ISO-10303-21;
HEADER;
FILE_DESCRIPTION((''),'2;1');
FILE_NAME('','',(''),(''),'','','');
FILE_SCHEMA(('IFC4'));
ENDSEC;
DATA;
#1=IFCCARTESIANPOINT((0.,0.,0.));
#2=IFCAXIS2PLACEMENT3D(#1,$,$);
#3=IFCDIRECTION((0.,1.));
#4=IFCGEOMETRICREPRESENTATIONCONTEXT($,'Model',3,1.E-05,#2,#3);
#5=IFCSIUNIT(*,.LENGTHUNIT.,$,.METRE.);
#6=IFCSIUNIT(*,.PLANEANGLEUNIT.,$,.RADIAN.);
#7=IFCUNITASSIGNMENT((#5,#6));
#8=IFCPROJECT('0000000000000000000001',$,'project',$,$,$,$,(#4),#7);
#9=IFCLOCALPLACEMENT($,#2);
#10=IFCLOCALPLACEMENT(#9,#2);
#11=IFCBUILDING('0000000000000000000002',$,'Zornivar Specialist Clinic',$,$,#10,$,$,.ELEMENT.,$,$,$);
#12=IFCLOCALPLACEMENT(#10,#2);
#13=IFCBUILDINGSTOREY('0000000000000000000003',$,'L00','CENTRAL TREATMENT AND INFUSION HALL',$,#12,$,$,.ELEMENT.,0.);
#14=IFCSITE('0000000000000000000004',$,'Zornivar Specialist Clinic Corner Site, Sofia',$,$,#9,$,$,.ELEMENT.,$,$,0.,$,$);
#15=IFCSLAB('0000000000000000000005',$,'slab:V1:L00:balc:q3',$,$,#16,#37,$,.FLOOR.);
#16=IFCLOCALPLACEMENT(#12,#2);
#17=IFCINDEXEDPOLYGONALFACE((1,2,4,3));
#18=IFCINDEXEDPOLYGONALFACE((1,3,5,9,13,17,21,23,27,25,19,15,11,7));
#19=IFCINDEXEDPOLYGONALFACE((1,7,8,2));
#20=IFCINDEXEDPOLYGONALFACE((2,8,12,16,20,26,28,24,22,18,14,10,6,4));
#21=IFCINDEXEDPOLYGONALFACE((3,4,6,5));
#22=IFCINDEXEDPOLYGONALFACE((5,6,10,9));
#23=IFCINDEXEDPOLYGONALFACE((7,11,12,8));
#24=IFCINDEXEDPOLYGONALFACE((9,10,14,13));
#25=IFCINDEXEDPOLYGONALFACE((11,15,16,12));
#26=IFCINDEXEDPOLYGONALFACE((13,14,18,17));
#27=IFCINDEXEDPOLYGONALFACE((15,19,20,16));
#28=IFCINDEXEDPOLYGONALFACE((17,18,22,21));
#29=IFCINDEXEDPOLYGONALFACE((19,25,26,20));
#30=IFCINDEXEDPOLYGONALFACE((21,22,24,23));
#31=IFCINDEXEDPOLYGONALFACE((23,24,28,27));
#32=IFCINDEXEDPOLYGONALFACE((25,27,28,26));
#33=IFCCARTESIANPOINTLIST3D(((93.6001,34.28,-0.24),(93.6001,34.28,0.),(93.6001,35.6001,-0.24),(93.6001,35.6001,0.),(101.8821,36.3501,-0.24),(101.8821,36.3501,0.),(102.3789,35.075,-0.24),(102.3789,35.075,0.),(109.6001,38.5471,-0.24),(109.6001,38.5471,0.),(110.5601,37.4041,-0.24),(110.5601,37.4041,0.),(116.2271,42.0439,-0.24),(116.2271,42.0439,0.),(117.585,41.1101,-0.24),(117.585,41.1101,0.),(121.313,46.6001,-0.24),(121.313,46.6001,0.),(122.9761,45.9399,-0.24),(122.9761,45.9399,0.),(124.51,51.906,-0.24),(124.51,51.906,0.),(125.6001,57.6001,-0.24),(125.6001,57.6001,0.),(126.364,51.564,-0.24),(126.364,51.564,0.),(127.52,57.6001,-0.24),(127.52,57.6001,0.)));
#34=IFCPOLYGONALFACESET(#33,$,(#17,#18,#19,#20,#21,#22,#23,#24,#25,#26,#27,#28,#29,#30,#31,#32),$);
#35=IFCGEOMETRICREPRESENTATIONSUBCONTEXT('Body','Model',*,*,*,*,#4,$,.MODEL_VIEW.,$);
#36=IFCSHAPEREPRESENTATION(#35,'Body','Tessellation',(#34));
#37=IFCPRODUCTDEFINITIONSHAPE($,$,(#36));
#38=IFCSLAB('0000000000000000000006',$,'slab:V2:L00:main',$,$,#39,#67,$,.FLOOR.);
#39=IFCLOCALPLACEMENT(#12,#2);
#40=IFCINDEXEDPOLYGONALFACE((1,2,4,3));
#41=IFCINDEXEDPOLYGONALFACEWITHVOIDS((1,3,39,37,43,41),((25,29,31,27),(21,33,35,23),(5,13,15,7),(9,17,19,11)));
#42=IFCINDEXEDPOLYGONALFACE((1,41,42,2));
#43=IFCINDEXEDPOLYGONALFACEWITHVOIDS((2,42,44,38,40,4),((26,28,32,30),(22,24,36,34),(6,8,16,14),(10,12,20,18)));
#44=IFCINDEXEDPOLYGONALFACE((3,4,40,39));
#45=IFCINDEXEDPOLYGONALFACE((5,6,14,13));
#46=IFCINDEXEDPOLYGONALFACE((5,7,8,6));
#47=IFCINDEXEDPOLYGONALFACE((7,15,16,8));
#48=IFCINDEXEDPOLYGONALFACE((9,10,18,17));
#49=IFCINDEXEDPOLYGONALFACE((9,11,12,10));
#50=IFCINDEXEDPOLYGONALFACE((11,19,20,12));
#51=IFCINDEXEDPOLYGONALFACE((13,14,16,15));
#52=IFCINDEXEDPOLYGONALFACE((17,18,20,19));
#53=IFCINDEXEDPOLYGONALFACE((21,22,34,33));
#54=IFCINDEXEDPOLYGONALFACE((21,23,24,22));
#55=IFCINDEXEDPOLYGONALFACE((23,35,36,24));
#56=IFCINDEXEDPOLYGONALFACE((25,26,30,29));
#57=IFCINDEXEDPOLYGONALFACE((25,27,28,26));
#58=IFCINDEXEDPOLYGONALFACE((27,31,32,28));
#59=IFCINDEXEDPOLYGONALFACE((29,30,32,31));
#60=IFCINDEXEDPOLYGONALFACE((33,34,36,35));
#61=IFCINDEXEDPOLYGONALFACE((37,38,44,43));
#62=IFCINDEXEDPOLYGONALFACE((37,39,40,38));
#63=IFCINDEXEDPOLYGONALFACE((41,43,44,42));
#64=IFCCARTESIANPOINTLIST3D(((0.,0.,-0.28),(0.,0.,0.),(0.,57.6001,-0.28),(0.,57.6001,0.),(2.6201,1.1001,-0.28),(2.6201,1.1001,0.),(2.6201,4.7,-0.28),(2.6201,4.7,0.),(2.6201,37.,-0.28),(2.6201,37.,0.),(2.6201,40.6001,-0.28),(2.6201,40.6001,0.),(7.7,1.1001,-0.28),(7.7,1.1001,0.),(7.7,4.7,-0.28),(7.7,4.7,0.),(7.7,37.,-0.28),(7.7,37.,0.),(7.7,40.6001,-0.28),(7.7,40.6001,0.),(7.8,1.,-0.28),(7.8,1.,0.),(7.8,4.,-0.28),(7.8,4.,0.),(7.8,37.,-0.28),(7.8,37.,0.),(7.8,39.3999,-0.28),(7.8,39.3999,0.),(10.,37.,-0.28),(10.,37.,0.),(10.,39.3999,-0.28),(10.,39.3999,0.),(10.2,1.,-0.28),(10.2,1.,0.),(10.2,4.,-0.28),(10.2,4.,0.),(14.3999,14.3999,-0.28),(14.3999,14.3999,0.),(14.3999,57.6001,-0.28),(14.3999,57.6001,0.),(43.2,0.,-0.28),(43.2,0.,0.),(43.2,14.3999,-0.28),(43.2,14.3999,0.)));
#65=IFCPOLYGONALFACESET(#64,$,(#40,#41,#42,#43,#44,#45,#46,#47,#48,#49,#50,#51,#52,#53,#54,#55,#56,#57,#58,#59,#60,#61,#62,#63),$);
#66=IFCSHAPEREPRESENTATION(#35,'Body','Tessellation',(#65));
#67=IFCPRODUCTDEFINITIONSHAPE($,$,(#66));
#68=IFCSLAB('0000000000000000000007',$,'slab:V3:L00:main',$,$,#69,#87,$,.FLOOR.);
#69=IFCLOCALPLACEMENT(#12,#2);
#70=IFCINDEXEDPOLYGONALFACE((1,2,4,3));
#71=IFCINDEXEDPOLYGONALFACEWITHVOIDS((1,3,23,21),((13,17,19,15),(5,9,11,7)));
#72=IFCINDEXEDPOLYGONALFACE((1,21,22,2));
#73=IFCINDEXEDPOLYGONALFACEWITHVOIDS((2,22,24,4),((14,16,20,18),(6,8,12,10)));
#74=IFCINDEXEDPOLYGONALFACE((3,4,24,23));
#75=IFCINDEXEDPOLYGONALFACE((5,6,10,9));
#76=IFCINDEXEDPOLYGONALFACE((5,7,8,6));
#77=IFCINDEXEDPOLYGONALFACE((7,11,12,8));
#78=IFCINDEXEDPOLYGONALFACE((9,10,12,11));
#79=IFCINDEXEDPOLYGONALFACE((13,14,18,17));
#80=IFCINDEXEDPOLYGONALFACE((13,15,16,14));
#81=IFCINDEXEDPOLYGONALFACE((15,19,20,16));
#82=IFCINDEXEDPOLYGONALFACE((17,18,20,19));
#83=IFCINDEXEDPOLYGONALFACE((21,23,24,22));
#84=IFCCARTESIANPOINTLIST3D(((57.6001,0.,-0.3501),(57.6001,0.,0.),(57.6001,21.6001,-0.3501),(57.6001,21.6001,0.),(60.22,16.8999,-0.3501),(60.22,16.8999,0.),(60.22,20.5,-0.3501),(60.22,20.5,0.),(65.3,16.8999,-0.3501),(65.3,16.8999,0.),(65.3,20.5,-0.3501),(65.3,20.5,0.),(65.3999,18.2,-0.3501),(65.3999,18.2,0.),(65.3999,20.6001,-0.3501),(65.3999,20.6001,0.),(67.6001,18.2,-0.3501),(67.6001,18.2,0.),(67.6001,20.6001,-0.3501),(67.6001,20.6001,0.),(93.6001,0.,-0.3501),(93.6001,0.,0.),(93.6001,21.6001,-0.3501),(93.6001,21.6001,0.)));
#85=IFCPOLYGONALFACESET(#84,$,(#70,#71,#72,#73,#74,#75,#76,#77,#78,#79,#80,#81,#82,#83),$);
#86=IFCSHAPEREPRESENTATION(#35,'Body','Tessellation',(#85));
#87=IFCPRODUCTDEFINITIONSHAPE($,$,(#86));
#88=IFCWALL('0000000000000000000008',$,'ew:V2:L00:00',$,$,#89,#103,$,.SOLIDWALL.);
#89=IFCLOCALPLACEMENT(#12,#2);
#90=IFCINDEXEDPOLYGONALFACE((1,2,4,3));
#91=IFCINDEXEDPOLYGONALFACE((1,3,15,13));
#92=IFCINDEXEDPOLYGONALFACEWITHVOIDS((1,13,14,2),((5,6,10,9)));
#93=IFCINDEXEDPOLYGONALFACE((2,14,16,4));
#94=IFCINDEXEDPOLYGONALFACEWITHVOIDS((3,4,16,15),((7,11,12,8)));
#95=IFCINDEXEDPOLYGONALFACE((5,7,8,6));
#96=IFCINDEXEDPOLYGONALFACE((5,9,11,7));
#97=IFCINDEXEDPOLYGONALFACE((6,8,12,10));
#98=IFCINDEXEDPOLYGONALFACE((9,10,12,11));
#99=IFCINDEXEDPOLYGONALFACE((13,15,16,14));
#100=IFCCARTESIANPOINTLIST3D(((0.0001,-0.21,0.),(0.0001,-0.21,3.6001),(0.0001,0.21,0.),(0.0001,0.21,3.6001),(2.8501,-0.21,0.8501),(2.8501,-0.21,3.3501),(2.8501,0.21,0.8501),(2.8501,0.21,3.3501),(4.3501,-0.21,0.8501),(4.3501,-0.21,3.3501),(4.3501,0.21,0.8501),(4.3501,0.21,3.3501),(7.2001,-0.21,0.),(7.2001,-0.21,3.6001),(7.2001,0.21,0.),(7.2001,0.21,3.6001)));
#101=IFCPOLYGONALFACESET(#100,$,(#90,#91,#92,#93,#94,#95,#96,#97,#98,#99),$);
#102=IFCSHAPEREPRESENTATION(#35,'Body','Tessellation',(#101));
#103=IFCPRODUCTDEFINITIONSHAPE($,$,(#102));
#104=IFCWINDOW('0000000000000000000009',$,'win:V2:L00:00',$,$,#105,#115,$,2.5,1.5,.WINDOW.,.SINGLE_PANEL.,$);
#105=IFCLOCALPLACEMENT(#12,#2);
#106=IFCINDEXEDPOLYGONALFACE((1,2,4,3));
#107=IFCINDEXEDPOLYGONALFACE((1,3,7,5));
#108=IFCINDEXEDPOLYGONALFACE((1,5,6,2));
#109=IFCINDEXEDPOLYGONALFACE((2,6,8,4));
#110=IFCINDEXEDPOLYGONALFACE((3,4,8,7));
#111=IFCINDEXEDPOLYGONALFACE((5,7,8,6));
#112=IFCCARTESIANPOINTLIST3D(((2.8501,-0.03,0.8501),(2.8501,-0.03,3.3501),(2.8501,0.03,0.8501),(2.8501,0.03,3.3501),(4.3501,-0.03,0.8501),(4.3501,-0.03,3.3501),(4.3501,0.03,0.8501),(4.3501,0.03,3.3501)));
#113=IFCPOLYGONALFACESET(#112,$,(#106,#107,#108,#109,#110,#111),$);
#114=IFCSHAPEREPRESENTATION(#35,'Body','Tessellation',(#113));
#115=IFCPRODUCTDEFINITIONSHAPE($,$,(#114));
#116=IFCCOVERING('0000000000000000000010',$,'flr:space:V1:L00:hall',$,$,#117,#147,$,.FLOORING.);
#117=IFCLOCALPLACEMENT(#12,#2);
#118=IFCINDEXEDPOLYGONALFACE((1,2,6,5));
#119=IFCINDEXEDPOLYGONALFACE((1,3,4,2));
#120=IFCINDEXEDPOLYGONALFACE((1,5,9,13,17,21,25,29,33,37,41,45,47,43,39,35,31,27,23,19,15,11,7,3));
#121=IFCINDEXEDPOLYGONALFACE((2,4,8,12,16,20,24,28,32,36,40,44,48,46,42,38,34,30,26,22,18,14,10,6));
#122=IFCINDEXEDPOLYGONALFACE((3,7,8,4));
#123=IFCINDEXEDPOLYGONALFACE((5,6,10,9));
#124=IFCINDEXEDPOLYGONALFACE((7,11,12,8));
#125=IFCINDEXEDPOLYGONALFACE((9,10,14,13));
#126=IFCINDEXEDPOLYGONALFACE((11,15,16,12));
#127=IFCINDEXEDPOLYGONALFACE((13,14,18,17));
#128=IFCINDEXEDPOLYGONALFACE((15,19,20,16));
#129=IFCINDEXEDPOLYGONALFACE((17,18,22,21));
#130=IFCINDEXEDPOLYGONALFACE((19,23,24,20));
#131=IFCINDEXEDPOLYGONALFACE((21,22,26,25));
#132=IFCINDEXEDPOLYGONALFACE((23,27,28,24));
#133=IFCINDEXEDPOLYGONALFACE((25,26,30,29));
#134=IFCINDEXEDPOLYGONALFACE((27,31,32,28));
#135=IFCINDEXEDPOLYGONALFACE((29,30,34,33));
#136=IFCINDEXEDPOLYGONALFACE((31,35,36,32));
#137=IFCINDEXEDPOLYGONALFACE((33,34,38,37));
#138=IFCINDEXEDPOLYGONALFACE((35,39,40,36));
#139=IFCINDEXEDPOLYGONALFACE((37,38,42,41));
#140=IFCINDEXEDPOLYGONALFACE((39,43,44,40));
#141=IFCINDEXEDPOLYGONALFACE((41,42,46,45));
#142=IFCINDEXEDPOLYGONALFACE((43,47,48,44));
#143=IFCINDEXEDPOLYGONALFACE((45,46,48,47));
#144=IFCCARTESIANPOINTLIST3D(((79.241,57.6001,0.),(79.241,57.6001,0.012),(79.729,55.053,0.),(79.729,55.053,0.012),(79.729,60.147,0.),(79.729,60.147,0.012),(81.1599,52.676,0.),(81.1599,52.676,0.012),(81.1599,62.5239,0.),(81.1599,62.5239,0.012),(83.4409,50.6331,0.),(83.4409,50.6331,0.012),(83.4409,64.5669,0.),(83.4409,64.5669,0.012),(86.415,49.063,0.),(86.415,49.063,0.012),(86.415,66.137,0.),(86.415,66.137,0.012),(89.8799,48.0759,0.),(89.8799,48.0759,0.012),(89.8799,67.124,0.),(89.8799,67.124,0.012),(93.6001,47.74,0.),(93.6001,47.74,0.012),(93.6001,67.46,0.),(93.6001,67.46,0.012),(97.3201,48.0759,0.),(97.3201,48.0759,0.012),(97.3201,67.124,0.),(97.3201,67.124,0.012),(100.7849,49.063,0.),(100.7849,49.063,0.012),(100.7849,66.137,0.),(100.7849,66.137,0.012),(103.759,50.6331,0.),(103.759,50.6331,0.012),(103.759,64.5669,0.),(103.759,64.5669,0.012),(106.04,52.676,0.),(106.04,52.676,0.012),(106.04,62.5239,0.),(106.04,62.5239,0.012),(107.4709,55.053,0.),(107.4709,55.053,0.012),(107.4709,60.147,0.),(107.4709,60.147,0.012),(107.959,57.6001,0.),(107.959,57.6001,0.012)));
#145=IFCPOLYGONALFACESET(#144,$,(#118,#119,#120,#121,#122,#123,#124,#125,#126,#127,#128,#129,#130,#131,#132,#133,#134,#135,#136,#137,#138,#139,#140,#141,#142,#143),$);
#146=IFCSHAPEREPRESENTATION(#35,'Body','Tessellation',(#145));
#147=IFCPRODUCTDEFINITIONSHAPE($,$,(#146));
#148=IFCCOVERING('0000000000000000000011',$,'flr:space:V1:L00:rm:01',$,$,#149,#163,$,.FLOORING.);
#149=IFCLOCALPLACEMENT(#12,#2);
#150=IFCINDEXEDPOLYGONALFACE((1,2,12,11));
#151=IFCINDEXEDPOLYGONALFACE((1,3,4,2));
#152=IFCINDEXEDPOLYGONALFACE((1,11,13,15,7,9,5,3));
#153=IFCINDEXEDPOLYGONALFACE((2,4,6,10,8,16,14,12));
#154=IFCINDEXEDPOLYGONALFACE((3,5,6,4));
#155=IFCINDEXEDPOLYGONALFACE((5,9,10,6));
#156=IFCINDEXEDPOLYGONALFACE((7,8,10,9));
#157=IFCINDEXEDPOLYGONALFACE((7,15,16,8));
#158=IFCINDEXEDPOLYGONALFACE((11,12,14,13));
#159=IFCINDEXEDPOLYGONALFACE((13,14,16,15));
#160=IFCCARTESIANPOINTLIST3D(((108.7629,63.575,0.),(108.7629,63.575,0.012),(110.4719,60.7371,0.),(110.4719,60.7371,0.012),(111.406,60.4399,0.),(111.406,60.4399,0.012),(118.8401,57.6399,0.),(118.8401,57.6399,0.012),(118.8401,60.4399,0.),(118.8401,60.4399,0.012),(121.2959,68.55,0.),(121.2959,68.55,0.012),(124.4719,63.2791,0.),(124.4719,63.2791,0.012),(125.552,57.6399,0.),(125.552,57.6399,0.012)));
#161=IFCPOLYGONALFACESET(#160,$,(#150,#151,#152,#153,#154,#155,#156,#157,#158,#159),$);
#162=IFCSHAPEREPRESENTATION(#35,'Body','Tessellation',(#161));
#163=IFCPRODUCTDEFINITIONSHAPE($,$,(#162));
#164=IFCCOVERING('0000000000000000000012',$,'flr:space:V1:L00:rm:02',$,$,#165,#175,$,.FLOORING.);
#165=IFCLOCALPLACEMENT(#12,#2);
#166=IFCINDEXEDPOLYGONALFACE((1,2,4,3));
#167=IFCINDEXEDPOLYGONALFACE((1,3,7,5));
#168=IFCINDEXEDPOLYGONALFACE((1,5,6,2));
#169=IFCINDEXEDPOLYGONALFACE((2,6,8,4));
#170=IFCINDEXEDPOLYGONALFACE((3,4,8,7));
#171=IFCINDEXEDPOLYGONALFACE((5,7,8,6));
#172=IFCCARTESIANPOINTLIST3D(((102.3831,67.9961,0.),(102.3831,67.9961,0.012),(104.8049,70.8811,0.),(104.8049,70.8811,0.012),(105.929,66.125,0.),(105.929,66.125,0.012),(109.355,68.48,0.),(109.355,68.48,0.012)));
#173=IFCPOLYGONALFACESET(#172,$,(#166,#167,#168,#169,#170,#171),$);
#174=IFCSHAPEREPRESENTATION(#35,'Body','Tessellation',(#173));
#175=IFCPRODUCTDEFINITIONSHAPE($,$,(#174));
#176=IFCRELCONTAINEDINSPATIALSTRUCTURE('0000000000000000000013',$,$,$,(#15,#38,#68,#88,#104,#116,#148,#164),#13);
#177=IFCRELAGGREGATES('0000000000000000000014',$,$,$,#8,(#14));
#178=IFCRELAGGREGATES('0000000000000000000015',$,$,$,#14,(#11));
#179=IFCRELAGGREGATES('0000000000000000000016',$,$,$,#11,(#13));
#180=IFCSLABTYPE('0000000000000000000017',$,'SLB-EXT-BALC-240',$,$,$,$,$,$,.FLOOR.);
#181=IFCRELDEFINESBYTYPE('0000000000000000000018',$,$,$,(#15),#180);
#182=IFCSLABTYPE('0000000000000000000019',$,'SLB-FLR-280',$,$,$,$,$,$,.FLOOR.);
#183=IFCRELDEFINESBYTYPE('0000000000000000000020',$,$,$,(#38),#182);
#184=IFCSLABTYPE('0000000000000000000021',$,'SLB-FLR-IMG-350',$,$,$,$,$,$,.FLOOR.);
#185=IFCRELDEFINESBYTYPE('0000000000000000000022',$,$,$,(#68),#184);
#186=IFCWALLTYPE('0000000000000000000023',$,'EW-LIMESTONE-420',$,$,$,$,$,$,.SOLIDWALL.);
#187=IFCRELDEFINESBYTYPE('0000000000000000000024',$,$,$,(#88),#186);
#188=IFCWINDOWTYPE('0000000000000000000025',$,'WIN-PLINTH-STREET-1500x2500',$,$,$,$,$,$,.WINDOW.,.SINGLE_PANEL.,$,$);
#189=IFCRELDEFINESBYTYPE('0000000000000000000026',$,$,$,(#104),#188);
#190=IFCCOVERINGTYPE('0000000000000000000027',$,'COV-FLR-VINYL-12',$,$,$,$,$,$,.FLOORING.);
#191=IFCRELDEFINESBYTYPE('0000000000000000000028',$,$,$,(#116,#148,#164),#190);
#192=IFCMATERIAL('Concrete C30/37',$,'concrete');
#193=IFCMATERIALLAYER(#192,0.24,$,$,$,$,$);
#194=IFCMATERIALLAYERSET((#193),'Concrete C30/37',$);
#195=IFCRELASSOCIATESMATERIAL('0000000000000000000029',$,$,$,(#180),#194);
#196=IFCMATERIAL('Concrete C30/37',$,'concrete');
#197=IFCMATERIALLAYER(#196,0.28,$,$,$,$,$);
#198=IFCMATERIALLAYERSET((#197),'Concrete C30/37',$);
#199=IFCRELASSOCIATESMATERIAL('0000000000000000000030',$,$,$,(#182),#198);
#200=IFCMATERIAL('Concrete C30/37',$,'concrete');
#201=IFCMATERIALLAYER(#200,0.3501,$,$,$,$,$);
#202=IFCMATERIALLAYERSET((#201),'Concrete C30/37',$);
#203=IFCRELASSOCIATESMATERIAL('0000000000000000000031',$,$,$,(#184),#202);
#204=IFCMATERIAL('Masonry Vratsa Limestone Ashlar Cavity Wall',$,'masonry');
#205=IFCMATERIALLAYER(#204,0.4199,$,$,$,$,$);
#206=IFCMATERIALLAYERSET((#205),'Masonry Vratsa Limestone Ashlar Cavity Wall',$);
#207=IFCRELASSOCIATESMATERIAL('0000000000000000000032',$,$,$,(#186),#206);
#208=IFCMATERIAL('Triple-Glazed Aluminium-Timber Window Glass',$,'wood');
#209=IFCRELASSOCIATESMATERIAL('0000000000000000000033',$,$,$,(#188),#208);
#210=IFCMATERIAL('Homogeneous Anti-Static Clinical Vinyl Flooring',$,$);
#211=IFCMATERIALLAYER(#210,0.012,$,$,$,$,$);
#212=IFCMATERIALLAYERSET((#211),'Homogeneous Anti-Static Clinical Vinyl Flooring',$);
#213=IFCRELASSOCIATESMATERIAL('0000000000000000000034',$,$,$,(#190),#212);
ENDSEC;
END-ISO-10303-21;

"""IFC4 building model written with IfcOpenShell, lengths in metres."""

from ifc_helpers import new_model, si_unit, direction, frame, frame_2d, origin, origin_with_axes, place, context, subcontext, project, spatial, polyline, rectangle, outline, extrude, material, layer, layer_set, type_object, element, fill, save


model = new_model("IFC4")

# Units and contexts
model_context = context("Model", 3, precision=1e-05, world=origin(), true_north=direction((0.0, 1.0)))
body_context = subcontext(model_context, "Body", "Model", "MODEL_VIEW")
ifc_project = project(units=[si_unit("LENGTHUNIT", "METRE"), si_unit("PLANEANGLEUNIT", "RADIAN")], contexts=[model_context])

# Site, building, storey
site_placement = place(None, origin())
site = spatial("IfcSite", under=ifc_project, at=site_placement, Name="Zornivar Specialist Clinic Corner Site, Sofia", CompositionType="ELEMENT", RefElevation=0.0)
building_placement = place(site_placement, origin())
building = spatial("IfcBuilding", under=site, at=building_placement, Name="Zornivar Specialist Clinic", CompositionType="ELEMENT")
storey_placement = place(building_placement, origin())
storey = spatial("IfcBuildingStorey", under=building, at=storey_placement, Name="L00", Description="CENTRAL TREATMENT AND INFUSION HALL", CompositionType="ELEMENT", Elevation=0.0)

# Slabs
ifc_material_1 = material(Name="Concrete C30/37", Category="concrete")
ifc_layer_1 = layer(ifc_material_1, 0.24)
ifc_layer_set_1 = layer_set([ifc_layer_1], Name="Concrete C30/37")
slab_type_1 = type_object("IfcSlabType", Name="SLB-EXT-BALC-240", PredefinedType="FLOOR", material=ifc_layer_set_1)
slab_1_placement = place(storey_placement, frame((0.0, 0.0, -0.24)))
element("IfcSlab", 1, at=slab_1_placement, inside=storey, type_object=slab_type_1, Name="slab:V1:L00:balc:q3", PredefinedType="FLOOR", context=body_context, shape_type="SweptSolid", body=[
    extrude(outline(polyline([(93.6001, 35.6001), (101.8821, 36.3501), (109.6001, 38.5471), (116.2271, 42.0439), (121.313, 46.6001), (124.51, 51.906), (125.6001, 57.6001), (127.52, 57.6001), (126.364, 51.564), (122.9761, 45.9399), (117.585, 41.1101), (110.5601, 37.4041), (102.3789, 35.075), (93.6001, 34.28), (93.6001, 35.6001)])), origin(), (0.0, 0.0, 1.0), 0.24),
])
ifc_material_2 = material(Name="Concrete C30/37", Category="concrete")
ifc_layer_2 = layer(ifc_material_2, 0.28)
ifc_layer_set_2 = layer_set([ifc_layer_2], Name="Concrete C30/37")
slab_type_2 = type_object("IfcSlabType", Name="SLB-FLR-280", PredefinedType="FLOOR", material=ifc_layer_set_2)
slab_2_placement = place(storey_placement, frame((0.0, 0.0, -0.28)))
element("IfcSlab", 2, at=slab_2_placement, inside=storey, type_object=slab_type_2, Name="slab:V2:L00:main", PredefinedType="FLOOR", context=body_context, shape_type="SweptSolid", body=[
    extrude(outline(polyline([(0.0, 0.0), (43.2, 0.0), (43.2, 14.3999), (14.3999, 14.3999), (14.3999, 57.6001), (0.0, 57.6001), (0.0, 0.0)]), holes=[polyline([(2.6201, 1.1001), (7.7, 1.1001), (7.7, 4.7), (2.6201, 4.7), (2.6201, 1.1001)]), polyline([(7.8, 1.0), (10.2, 1.0), (10.2, 4.0), (7.8, 4.0), (7.8, 1.0)]), polyline([(2.6201, 37.0), (7.7, 37.0), (7.7, 40.6001), (2.6201, 40.6001), (2.6201, 37.0)]), polyline([(7.8, 37.0), (10.0, 37.0), (10.0, 39.3999), (7.8, 39.3999), (7.8, 37.0)])]), origin(), (0.0, 0.0, 1.0), 0.28),
])
ifc_material_3 = material(Name="Concrete C30/37", Category="concrete")
ifc_layer_3 = layer(ifc_material_3, 0.3501)
ifc_layer_set_3 = layer_set([ifc_layer_3], Name="Concrete C30/37")
slab_type_3 = type_object("IfcSlabType", Name="SLB-FLR-IMG-350", PredefinedType="FLOOR", material=ifc_layer_set_3)
slab_3_placement = place(storey_placement, frame((0.0, 0.0, -0.3501)))
element("IfcSlab", 3, at=slab_3_placement, inside=storey, type_object=slab_type_3, Name="slab:V3:L00:main", PredefinedType="FLOOR", context=body_context, shape_type="SweptSolid", body=[
    extrude(outline(polyline([(57.6001, 0.0), (93.6001, 0.0), (93.6001, 21.6001), (57.6001, 21.6001), (57.6001, 0.0)]), holes=[polyline([(60.22, 16.8999), (65.3, 16.8999), (65.3, 20.5), (60.22, 20.5), (60.22, 16.8999)]), polyline([(65.3999, 18.2), (67.6001, 18.2), (67.6001, 20.6001), (65.3999, 20.6001), (65.3999, 18.2)])]), origin(), (0.0, 0.0, 1.0), 0.3501),
])

# Wall, opening, window
ifc_material_4 = material(Name="Masonry Vratsa Limestone Ashlar Cavity Wall", Category="masonry")
ifc_layer_4 = layer(ifc_material_4, 0.4199)
ifc_layer_set_4 = layer_set([ifc_layer_4], Name="Masonry Vratsa Limestone Ashlar Cavity Wall")
wall_type = type_object("IfcWallType", Name="EW-LIMESTONE-420", PredefinedType="SOLIDWALL", material=ifc_layer_set_4)
wall_placement = place(storey_placement, origin_with_axes())
wall = element("IfcWall", 4, at=wall_placement, inside=storey, type_object=wall_type, Name="ew:V2:L00:00", PredefinedType="SOLIDWALL", context=body_context, shape_type="SweptSolid", body=[
    extrude(rectangle(XDim=7.2, YDim=0.4199, at=frame_2d((3.6001, 0.0))), origin(), (0.0, 0.0, 1.0), 3.6001),
])
opening_placement = place(wall_placement, frame((2.8501, 0.0, 0.8501)))
opening = element("IfcOpeningElement", 5, at=opening_placement, cuts=wall, PredefinedType="OPENING", context=body_context, shape_type="SweptSolid", body=[
    extrude(rectangle(XDim=1.5, YDim=2.5, at=frame_2d((0.75, 1.25))), frame((0.0, 0.22, 0.0), z_axis=(0.0, -1.0, 0.0), x_axis=(1.0, 0.0, 0.0)), (0.0, 0.0, 1.0), 0.4399),
])
ifc_material_5 = material(Name="Triple-Glazed Aluminium-Timber Window Glass", Category="wood")
window_type = type_object("IfcWindowType", Name="WIN-PLINTH-STREET-1500x2500", PartitioningType="SINGLE_PANEL", PredefinedType="WINDOW", material=ifc_material_5)
window_placement = place(opening_placement, origin())
window = element("IfcWindow", 6, at=window_placement, inside=storey, type_object=window_type, Name="win:V2:L00:00", OverallHeight=2.5, OverallWidth=1.5, PartitioningType="SINGLE_PANEL", PredefinedType="WINDOW", context=body_context, shape_type="SweptSolid", body=[
    extrude(rectangle(XDim=1.5, YDim=2.5, at=frame_2d((0.75, 1.25))), frame((0.0, 0.03, 0.0), z_axis=(0.0, -1.0, 0.0), x_axis=(1.0, 0.0, 0.0)), (0.0, 0.0, 1.0), 0.0601),
])
fill(opening, window)

# Coverings
ifc_material_6 = material(Name="Homogeneous Anti-Static Clinical Vinyl Flooring")
ifc_layer_5 = layer(ifc_material_6, 0.012)
ifc_layer_set_5 = layer_set([ifc_layer_5], Name="Homogeneous Anti-Static Clinical Vinyl Flooring")
covering_type_1 = type_object("IfcCoveringType", Name="COV-FLR-VINYL-12", PredefinedType="FLOORING", material=ifc_layer_set_5)
covering_1_placement = place(storey_placement, origin())
element("IfcCovering", 7, at=covering_1_placement, inside=storey, type_object=covering_type_1, Name="flr:space:V1:L00:hall", PredefinedType="FLOORING", context=body_context, shape_type="SweptSolid", body=[
    extrude(outline(polyline([(107.959, 57.6001), (107.4709, 55.053), (106.04, 52.676), (103.759, 50.6331), (100.7849, 49.063), (97.3201, 48.0759), (93.6001, 47.74), (89.8799, 48.0759), (86.415, 49.063), (83.4409, 50.6331), (81.1599, 52.676), (79.729, 55.053), (79.241, 57.6001), (79.729, 60.147), (81.1599, 62.5239), (83.4409, 64.5669), (86.415, 66.137), (89.8799, 67.124), (93.6001, 67.46), (97.3201, 67.124), (100.7849, 66.137), (103.759, 64.5669), (106.04, 62.5239), (107.4709, 60.147), (107.959, 57.6001)])), origin(), (0.0, 0.0, 1.0), 0.012),
])
covering_2_placement = place(storey_placement, origin())
element("IfcCovering", 8, at=covering_2_placement, inside=storey, type_object=covering_type_1, Name="flr:space:V1:L00:rm:01", PredefinedType="FLOORING", context=body_context, shape_type="SweptSolid", body=[
    extrude(outline(polyline([(118.8401, 60.4399), (111.406, 60.4399), (110.4719, 60.7371), (108.7629, 63.575), (121.2959, 68.55), (124.4719, 63.2791), (125.552, 57.6399), (118.8401, 57.6399), (118.8401, 60.4399)])), origin(), (0.0, 0.0, 1.0), 0.012),
])
covering_3_placement = place(storey_placement, origin())
element("IfcCovering", 9, at=covering_3_placement, inside=storey, type_object=covering_type_1, Name="flr:space:V1:L00:rm:02", PredefinedType="FLOORING", context=body_context, shape_type="SweptSolid", body=[
    extrude(outline(polyline([(104.8049, 70.8811), (109.355, 68.48), (105.929, 66.125), (102.3831, 67.9961), (104.8049, 70.8811)])), origin(), (0.0, 0.0, 1.0), 0.012),
])

save(model, "model.ifc")
